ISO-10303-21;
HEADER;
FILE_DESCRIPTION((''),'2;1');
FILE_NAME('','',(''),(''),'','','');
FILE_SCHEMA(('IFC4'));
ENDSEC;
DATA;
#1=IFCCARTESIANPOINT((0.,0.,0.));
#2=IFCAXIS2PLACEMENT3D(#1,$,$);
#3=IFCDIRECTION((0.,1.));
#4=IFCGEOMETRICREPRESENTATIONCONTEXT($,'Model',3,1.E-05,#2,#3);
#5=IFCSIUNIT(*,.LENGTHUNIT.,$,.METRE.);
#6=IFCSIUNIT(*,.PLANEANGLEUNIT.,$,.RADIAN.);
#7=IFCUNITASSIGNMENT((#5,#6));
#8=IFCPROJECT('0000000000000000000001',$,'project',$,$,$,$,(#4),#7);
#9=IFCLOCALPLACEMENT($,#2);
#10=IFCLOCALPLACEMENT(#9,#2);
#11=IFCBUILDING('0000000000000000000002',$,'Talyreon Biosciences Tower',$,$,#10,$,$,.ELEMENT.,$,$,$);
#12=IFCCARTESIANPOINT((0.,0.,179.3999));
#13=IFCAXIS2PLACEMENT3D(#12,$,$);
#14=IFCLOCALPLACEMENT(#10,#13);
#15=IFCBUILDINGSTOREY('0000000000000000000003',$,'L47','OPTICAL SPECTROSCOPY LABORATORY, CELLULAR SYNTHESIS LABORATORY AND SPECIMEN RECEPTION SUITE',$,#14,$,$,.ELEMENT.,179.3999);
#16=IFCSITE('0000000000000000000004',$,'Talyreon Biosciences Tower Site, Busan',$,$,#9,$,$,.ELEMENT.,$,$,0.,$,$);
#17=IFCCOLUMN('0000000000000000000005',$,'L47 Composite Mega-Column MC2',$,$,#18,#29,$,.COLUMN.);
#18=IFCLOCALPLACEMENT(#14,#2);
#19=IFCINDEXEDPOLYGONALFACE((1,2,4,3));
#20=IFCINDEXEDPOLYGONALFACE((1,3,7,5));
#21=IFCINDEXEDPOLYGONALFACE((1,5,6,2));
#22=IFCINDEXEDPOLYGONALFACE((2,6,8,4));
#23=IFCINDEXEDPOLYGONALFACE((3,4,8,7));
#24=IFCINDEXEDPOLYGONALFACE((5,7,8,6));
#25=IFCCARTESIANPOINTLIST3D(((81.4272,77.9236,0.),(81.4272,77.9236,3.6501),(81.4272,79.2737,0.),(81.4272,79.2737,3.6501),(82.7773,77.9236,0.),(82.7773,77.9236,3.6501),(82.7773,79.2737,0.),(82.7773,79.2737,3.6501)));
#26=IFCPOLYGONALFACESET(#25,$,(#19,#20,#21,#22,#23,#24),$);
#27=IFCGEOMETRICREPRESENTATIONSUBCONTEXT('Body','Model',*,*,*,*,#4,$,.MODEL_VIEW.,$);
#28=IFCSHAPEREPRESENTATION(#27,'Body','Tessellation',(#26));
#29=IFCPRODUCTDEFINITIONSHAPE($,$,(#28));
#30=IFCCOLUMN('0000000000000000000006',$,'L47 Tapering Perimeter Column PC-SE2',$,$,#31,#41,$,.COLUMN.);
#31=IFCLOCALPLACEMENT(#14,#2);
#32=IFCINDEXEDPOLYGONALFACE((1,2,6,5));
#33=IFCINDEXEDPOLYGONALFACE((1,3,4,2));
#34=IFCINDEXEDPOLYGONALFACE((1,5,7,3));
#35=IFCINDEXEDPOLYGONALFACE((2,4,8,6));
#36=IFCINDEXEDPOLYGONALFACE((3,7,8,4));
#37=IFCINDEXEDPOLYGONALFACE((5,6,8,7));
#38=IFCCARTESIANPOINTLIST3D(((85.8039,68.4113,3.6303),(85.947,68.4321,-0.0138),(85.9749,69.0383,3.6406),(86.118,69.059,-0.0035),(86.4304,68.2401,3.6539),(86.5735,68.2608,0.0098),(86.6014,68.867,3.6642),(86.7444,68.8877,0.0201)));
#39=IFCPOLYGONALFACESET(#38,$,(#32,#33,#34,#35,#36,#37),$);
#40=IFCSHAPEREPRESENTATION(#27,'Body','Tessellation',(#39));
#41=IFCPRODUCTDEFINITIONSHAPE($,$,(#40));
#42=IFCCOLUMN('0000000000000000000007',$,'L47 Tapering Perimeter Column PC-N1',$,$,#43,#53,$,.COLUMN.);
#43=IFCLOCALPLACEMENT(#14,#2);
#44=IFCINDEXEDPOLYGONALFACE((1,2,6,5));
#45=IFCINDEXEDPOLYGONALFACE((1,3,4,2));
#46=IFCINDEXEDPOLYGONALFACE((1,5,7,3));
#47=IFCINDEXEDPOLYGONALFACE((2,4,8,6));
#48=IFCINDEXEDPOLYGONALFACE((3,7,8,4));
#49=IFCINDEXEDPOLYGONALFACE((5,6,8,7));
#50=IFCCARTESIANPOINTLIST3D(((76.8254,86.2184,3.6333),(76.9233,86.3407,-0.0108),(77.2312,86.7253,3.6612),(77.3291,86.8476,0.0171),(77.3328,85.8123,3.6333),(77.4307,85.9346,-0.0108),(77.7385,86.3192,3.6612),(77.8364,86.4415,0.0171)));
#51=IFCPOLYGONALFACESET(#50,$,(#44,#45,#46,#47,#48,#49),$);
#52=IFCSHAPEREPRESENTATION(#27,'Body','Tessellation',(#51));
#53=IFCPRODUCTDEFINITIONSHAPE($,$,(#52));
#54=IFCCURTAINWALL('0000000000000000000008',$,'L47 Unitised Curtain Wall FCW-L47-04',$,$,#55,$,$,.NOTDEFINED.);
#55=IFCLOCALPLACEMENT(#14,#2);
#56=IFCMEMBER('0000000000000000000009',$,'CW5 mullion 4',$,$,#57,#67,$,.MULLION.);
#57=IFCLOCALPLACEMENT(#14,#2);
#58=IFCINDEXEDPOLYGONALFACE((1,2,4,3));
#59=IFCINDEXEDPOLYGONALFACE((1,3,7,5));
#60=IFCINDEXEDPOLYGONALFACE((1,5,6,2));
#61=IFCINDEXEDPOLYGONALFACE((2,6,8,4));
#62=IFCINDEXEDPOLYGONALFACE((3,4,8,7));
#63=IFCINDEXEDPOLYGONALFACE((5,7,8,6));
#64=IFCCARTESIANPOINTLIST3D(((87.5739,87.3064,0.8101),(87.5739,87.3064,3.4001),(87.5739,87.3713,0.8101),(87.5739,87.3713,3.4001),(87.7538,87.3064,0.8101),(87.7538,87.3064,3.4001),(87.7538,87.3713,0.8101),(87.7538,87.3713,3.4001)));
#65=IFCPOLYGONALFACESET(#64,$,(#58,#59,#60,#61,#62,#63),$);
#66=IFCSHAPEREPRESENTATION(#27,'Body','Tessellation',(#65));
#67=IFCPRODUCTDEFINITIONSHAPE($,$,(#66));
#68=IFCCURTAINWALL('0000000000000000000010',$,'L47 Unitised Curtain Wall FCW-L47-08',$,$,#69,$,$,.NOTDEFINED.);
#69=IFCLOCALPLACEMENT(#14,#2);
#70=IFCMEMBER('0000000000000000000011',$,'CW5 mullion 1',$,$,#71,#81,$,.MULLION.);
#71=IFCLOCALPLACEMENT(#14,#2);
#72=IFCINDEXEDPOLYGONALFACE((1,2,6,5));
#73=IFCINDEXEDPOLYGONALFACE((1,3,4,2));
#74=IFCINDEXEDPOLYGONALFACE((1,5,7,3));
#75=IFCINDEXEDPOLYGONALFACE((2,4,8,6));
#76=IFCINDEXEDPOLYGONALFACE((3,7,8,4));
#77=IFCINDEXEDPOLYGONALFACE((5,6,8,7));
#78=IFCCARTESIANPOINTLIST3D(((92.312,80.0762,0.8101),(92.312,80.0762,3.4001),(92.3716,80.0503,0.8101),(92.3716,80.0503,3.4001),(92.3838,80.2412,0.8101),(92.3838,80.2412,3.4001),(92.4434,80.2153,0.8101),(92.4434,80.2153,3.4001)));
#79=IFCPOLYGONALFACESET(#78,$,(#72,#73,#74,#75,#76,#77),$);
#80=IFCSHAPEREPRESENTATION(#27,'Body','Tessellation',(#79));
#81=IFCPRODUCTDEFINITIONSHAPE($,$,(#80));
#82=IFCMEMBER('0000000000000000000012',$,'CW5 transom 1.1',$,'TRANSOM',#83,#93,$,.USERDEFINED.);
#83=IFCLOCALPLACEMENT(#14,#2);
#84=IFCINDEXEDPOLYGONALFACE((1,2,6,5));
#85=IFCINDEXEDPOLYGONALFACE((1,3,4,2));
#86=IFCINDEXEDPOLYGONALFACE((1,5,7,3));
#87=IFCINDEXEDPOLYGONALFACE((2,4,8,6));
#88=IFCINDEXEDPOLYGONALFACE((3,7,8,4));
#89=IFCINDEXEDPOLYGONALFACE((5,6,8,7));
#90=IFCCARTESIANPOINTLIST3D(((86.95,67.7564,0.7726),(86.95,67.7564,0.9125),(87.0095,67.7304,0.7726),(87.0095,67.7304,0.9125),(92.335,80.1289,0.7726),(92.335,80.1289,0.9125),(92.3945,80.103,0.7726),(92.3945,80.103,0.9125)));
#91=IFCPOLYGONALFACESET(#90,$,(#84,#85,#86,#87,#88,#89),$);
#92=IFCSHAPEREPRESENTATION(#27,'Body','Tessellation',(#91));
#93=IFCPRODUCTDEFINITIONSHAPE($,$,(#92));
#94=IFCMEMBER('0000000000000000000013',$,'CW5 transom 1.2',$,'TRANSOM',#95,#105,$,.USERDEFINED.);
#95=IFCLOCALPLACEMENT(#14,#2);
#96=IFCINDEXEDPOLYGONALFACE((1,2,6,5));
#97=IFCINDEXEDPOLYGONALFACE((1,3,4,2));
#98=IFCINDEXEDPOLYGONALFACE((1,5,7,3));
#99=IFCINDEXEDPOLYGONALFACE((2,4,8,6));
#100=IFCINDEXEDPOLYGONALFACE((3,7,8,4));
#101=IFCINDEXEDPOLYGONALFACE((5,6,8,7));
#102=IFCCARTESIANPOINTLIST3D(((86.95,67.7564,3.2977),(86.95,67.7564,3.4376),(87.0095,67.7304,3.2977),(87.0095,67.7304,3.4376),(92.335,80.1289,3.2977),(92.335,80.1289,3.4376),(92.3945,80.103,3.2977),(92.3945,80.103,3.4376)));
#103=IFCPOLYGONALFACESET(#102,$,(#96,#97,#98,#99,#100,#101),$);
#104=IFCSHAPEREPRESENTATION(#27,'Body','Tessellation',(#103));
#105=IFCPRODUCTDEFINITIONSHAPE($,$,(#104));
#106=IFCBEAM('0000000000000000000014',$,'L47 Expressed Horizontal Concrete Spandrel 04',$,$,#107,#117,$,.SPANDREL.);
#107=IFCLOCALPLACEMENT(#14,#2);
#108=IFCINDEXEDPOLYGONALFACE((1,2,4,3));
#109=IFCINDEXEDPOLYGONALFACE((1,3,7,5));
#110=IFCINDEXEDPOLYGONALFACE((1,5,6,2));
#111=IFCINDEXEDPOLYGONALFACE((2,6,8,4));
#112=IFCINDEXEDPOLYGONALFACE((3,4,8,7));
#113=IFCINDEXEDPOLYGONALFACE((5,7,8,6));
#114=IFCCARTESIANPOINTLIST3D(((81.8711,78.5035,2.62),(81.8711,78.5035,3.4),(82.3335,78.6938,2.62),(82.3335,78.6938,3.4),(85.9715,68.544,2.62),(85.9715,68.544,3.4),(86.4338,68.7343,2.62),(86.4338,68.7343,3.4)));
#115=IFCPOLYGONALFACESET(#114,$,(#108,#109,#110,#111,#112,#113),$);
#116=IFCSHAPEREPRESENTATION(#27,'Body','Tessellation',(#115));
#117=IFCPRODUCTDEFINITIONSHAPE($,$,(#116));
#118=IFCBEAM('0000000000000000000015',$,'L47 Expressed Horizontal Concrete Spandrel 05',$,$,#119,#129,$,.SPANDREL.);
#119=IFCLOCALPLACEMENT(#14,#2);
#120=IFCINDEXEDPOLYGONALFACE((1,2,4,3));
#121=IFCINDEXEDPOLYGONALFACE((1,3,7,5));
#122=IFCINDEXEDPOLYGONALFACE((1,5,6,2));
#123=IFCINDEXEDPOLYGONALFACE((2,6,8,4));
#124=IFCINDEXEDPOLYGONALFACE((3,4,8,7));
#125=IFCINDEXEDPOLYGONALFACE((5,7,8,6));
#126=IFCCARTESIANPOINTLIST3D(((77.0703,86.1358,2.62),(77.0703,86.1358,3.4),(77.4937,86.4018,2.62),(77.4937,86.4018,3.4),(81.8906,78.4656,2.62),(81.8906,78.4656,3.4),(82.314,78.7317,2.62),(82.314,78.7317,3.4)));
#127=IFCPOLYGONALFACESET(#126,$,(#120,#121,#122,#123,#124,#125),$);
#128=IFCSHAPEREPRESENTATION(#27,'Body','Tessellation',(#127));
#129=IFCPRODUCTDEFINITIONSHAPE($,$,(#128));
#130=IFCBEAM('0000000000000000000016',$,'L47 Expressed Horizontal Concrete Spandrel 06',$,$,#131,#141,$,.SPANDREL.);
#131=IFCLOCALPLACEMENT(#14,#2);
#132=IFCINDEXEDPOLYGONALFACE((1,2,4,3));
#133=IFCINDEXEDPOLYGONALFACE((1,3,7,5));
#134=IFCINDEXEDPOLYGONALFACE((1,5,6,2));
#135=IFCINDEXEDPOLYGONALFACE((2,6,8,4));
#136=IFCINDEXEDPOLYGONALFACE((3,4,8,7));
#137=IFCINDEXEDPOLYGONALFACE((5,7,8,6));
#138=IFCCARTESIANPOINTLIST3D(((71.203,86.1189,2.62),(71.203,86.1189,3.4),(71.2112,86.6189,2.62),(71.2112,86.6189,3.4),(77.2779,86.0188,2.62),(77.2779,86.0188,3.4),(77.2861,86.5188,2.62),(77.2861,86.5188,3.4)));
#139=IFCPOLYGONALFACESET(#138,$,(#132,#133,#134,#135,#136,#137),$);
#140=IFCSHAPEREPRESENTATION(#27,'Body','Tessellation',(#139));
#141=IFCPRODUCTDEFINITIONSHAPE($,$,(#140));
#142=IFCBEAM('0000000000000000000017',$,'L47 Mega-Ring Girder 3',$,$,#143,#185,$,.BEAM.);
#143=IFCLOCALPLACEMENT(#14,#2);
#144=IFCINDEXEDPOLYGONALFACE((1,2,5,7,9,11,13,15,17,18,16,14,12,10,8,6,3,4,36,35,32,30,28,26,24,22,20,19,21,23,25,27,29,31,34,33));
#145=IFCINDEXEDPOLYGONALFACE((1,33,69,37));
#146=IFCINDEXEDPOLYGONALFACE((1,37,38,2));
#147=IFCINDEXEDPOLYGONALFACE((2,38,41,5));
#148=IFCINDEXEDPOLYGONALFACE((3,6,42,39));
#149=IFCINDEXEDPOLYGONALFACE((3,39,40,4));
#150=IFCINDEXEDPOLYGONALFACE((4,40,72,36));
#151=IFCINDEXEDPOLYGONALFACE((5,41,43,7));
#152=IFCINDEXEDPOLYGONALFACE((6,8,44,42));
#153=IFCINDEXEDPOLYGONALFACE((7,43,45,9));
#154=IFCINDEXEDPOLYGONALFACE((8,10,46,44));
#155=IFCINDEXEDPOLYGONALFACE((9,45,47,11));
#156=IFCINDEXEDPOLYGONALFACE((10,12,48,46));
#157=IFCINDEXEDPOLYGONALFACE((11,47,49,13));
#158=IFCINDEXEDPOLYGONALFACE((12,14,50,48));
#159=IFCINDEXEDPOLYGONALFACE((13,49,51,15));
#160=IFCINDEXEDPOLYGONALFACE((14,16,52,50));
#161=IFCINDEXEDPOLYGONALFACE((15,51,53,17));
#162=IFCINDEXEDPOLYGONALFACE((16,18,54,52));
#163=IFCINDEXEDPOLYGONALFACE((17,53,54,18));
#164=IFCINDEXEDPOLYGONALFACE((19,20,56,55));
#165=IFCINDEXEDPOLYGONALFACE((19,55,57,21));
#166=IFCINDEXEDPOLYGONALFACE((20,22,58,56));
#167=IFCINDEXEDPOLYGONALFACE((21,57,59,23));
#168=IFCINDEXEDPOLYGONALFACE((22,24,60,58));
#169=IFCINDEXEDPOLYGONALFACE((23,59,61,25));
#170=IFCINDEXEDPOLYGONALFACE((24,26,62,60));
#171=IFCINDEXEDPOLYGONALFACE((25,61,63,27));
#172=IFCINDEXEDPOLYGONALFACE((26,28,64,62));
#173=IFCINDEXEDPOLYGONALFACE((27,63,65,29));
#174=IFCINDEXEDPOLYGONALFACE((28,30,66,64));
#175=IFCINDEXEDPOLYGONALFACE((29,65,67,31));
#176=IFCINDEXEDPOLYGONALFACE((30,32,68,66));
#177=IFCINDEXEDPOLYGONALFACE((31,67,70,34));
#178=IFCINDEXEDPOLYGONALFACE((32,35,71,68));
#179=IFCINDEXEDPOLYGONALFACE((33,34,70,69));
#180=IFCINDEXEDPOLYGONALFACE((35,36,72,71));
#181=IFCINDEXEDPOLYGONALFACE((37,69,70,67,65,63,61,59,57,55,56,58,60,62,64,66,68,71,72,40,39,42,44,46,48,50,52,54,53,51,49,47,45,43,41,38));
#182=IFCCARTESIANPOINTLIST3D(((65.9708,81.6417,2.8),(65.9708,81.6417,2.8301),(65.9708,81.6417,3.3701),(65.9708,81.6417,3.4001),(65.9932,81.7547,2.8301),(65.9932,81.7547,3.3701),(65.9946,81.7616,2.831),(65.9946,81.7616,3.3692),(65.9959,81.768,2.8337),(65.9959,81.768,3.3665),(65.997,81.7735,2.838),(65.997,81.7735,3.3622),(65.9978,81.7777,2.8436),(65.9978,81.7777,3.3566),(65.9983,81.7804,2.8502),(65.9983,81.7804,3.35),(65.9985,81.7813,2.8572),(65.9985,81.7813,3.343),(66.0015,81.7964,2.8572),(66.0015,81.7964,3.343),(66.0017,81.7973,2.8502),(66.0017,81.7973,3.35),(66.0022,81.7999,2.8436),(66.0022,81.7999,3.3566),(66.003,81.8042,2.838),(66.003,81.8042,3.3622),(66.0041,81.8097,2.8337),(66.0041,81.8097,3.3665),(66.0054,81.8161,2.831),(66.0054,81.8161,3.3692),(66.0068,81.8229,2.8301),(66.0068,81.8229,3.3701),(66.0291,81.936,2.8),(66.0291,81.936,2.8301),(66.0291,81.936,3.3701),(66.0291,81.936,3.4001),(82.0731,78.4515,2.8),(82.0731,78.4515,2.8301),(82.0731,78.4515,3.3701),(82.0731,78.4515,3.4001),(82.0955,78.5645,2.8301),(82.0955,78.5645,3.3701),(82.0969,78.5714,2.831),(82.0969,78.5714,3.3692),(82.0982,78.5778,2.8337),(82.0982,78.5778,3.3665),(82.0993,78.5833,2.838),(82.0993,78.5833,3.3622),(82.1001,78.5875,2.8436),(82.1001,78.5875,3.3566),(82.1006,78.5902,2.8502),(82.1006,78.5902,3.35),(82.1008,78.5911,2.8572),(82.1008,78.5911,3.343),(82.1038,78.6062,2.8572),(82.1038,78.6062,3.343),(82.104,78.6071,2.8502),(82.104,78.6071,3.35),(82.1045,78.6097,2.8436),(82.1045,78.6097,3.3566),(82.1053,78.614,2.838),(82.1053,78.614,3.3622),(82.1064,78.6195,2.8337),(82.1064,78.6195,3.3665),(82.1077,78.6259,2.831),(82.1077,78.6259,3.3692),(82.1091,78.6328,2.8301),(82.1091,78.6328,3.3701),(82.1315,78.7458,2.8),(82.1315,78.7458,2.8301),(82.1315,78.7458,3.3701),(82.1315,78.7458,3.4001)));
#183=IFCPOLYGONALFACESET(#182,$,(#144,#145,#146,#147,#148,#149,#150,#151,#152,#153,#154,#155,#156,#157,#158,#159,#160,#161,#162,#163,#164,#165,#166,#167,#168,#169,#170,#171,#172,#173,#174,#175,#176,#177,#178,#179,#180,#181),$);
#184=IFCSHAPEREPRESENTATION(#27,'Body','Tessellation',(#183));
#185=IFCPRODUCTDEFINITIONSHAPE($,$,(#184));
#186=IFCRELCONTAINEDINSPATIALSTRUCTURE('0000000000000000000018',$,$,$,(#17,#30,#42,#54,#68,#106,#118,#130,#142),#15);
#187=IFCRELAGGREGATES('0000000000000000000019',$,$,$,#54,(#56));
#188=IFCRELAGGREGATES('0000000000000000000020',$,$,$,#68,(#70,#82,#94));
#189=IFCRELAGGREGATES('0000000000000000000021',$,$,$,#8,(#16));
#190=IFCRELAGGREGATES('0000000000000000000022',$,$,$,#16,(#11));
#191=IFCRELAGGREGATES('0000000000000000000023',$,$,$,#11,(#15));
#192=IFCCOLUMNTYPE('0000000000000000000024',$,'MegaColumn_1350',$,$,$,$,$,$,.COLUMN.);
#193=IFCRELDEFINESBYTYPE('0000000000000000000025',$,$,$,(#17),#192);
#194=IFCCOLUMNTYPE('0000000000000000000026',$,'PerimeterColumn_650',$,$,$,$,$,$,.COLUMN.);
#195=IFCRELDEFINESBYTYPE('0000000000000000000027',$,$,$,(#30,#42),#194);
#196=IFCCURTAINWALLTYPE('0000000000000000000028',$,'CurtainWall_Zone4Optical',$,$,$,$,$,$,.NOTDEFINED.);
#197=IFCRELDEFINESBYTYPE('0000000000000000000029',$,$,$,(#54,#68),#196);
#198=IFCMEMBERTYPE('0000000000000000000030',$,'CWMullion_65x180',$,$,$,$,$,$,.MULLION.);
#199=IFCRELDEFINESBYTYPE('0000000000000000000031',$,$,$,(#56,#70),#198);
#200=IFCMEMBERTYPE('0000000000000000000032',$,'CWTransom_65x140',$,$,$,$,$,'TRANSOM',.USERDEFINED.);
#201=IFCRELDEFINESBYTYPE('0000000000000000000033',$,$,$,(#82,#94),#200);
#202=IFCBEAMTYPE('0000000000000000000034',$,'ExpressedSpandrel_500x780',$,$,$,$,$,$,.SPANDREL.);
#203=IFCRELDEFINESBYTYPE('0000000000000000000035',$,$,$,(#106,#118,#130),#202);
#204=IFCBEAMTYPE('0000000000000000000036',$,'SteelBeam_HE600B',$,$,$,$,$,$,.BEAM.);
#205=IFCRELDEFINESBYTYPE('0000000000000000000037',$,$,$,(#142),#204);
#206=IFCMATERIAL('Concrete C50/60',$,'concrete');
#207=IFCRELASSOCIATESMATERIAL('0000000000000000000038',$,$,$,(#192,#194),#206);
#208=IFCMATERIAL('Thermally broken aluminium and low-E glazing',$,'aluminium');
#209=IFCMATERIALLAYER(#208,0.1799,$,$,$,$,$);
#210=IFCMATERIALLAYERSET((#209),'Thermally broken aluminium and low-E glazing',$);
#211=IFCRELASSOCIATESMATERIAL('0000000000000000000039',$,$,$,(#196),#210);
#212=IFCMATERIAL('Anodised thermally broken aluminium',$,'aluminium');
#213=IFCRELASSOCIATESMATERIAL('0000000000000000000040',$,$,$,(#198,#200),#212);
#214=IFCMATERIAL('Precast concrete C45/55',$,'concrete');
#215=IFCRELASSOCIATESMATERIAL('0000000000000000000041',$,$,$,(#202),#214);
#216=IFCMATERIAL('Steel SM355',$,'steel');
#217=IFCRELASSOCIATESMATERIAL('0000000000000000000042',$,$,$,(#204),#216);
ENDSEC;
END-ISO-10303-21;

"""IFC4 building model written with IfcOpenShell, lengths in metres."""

from ifc_helpers import new_model, si_unit, direction, frame, origin, origin_2d, place, context, subcontext, project, spatial, rectangle, i_section, extrude, material, layer, layer_set, material_profile, profile_set, type_object, element, aggregate, save


model = new_model("IFC4")

# Units and contexts
model_context = context("Model", 3, precision=1e-05, world=origin(), true_north=direction((0.0, 1.0)))
body_context = subcontext(model_context, "Body", "Model", "MODEL_VIEW")
ifc_project = project(units=[si_unit("LENGTHUNIT", "METRE"), si_unit("PLANEANGLEUNIT", "RADIAN")], contexts=[model_context])

# Site, building, storey
site_placement = place(None, origin())
site = spatial("IfcSite", under=ifc_project, at=site_placement, Name="Talyreon Biosciences Tower Site, Busan", CompositionType="ELEMENT", RefElevation=0.0)
building_placement = place(site_placement, origin())
building = spatial("IfcBuilding", under=site, at=building_placement, Name="Talyreon Biosciences Tower", CompositionType="ELEMENT")
storey_placement = place(building_placement, frame((0.0, 0.0, 179.3999)))
storey = spatial("IfcBuildingStorey", under=building, at=storey_placement, Name="L47", Description="OPTICAL SPECTROSCOPY LABORATORY, CELLULAR SYNTHESIS LABORATORY AND SPECIMEN RECEPTION SUITE", CompositionType="ELEMENT", Elevation=179.3999)

# Columns
ifc_material_1 = material(Name="Concrete C50/60", Category="concrete")
ifc_material_profile_1 = material_profile(ifc_material_1, rectangle(XDim=1.3501, YDim=1.3501, at=origin_2d()), Name="RC 1350x1350")
ifc_profile_set_1 = profile_set([ifc_material_profile_1], Name="Concrete C50/60")
column_type_1 = type_object("IfcColumnType", Name="MegaColumn_1350", PredefinedType="COLUMN", material=ifc_profile_set_1)
column_1_placement = place(storey_placement, frame((82.1023, 78.5986, 0.0), z_axis=(0.0, 0.0, 1.0), x_axis=(1.0, 0.0, 0.0)))
element("IfcColumn", 1, at=column_1_placement, inside=storey, type_object=column_type_1, Name="L47 Composite Mega-Column MC2", PredefinedType="COLUMN", context=body_context, shape_type="SweptSolid", body=[
    extrude(rectangle(XDim=1.3501, YDim=1.3501, at=origin_2d()), origin(), (0.0, 0.0, 1.0), 3.6501),
])
ifc_material_profile_2 = material_profile(ifc_material_1, rectangle(XDim=0.6499, YDim=0.6499, at=origin_2d()), Name="RC 650x650")
ifc_profile_set_2 = profile_set([ifc_material_profile_2], Name="Concrete C50/60")
column_type_2 = type_object("IfcColumnType", Name="PerimeterColumn_650", PredefinedType="COLUMN", material=ifc_profile_set_2)
column_2_placement = place(storey_placement, frame((86.3457, 68.6599, 0.0032), z_axis=(-0.039229, -0.00569, 0.999214), x_axis=(0.96397, -0.263518, 0.036345)))
element("IfcColumn", 2, at=column_2_placement, inside=storey, type_object=column_type_2, Name="L47 Tapering Perimeter Column PC-SE2", PredefinedType="COLUMN", context=body_context, shape_type="SweptSolid", body=[
    extrude(rectangle(XDim=0.6499, YDim=0.6499, at=origin_2d()), origin(), (0.0, 0.0, 1.0), 3.647),
])
column_3_placement = place(storey_placement, frame((77.3799, 86.3911, 0.0032), z_axis=(-0.026841, -0.033535, 0.999077), x_axis=(-0.780717, 0.624885, 0.0)))
element("IfcColumn", 3, at=column_3_placement, inside=storey, type_object=column_type_2, Name="L47 Tapering Perimeter Column PC-N1", PredefinedType="COLUMN", context=body_context, shape_type="SweptSolid", body=[
    extrude(rectangle(XDim=0.6499, YDim=0.6499, at=origin_2d()), origin(), (0.0, 0.0, 1.0), 3.6475),
])

# Curtain wall, member
ifc_material_2 = material(Name="Thermally broken aluminium and low-E glazing", Category="aluminium")
ifc_layer_1 = layer(ifc_material_2, 0.1799)
ifc_layer_set_1 = layer_set([ifc_layer_1], Name="Thermally broken aluminium and low-E glazing")
curtain_wall_type = type_object("IfcCurtainWallType", Name="CurtainWall_Zone4Optical", PredefinedType="NOTDEFINED", material=ifc_layer_set_1)
curtain_wall_1_placement = place(storey_placement, origin())
curtain_wall_1 = element("IfcCurtainWall", 4, at=curtain_wall_1_placement, inside=storey, type_object=curtain_wall_type, Name="L47 Unitised Curtain Wall FCW-L47-04", PredefinedType="NOTDEFINED")
ifc_material_3 = material(Name="Anodised thermally broken aluminium", Category="aluminium")
ifc_material_profile_3 = material_profile(ifc_material_3, rectangle(XDim=0.0649, YDim=0.1799, at=origin_2d()), Name="ALUM MULLION 65x180")
ifc_profile_set_3 = profile_set([ifc_material_profile_3], Name="Anodised thermally broken aluminium")
member_type_1 = type_object("IfcMemberType", Name="CWMullion_65x180", PredefinedType="MULLION", material=ifc_profile_set_3)
member_1_placement = place(storey_placement, frame((87.6638, 87.3389, 0.8101), z_axis=(0.0, 0.0, 1.0), x_axis=(0.0, 1.0, 0.0)))
member_1 = element("IfcMember", 5, at=member_1_placement, type_object=member_type_1, Name="CW5 mullion 4", PredefinedType="MULLION", context=body_context, shape_type="SweptSolid", body=[
    extrude(rectangle(XDim=0.0649, YDim=0.1799, at=origin_2d()), origin(), (0.0, 0.0, 1.0), 2.5901),
])

# Curtain wall, members
curtain_wall_2_placement = place(storey_placement, origin())
curtain_wall_2 = element("IfcCurtainWall", 6, at=curtain_wall_2_placement, inside=storey, type_object=curtain_wall_type, Name="L47 Unitised Curtain Wall FCW-L47-08", PredefinedType="NOTDEFINED")
member_2_placement = place(storey_placement, frame((92.3777, 80.1458, 0.8101), z_axis=(0.0, 0.0, 1.0), x_axis=(0.916912, -0.399089, 0.0)))
member_2 = element("IfcMember", 7, at=member_2_placement, type_object=member_type_1, Name="CW5 mullion 1", PredefinedType="MULLION", context=body_context, shape_type="SweptSolid", body=[
    extrude(rectangle(XDim=0.0649, YDim=0.1799, at=origin_2d()), origin(), (0.0, 0.0, 1.0), 2.5901),
])
ifc_material_profile_4 = material_profile(ifc_material_3, rectangle(XDim=0.0649, YDim=0.1399, at=origin_2d()), Name="ALUM TRANSOM 65x140")
ifc_profile_set_4 = profile_set([ifc_material_profile_4], Name="Anodised thermally broken aluminium")
member_type_2 = type_object("IfcMemberType", Name="CWTransom_65x140", ElementType="TRANSOM", PredefinedType="USERDEFINED", material=ifc_profile_set_4)
member_3_placement = place(storey_placement, frame((92.3647, 80.116, 0.8425), z_axis=(-0.399077, -0.916917, 0.0), x_axis=(0.916917, -0.399077, 0.0)))
member_3 = element("IfcMember", 8, at=member_3_placement, type_object=member_type_2, Name="CW5 transom 1.1", ObjectType="TRANSOM", PredefinedType="USERDEFINED", context=body_context, shape_type="SweptSolid", body=[
    extrude(rectangle(XDim=0.0649, YDim=0.1399, at=origin_2d()), origin(), (0.0, 0.0, 1.0), 13.4937),
])
member_4_placement = place(storey_placement, frame((92.3647, 80.116, 3.3677), z_axis=(-0.399077, -0.916917, 0.0), x_axis=(0.916917, -0.399077, 0.0)))
member_4 = element("IfcMember", 9, at=member_4_placement, type_object=member_type_2, Name="CW5 transom 1.2", ObjectType="TRANSOM", PredefinedType="USERDEFINED", context=body_context, shape_type="SweptSolid", body=[
    extrude(rectangle(XDim=0.0649, YDim=0.1399, at=origin_2d()), origin(), (0.0, 0.0, 1.0), 13.4937),
])

# Beams
ifc_material_4 = material(Name="Precast concrete C45/55", Category="concrete")
ifc_material_profile_5 = material_profile(ifc_material_4, rectangle(XDim=0.5, YDim=0.78, at=origin_2d()), Name="RCB 500x780")
ifc_profile_set_5 = profile_set([ifc_material_profile_5], Name="Precast concrete C45/55")
beam_type_1 = type_object("IfcBeamType", Name="ExpressedSpandrel_500x780", PredefinedType="SPANDREL", material=ifc_profile_set_5)
beam_1_placement = place(storey_placement, frame((86.2026, 68.6392, 3.01), z_axis=(-0.380701, 0.924698, 0.0), x_axis=(-0.924698, -0.380701, 0.0)))
element("IfcBeam", 10, at=beam_1_placement, inside=storey, type_object=beam_type_1, Name="L47 Expressed Horizontal Concrete Spandrel 04", PredefinedType="SPANDREL", context=body_context, shape_type="SweptSolid", body=[
    extrude(rectangle(XDim=0.5, YDim=0.78, at=origin_2d()), origin(), (0.0, 0.0, 1.0), 10.7705),
])
beam_2_placement = place(storey_placement, frame((82.1023, 78.5986, 3.01), z_axis=(-0.532098, 0.846683, 0.0), x_axis=(-0.846683, -0.532098, 0.0)))
element("IfcBeam", 11, at=beam_2_placement, inside=storey, type_object=beam_type_1, Name="L47 Expressed Horizontal Concrete Spandrel 05", PredefinedType="SPANDREL", context=body_context, shape_type="SweptSolid", body=[
    extrude(rectangle(XDim=0.5, YDim=0.78, at=origin_2d()), origin(), (0.0, 0.0, 1.0), 9.0591),
])
beam_3_placement = place(storey_placement, frame((77.282, 86.2688, 3.01), z_axis=(-0.999864, 0.016475, 0.0), x_axis=(-0.016475, -0.999864, 0.0)))
element("IfcBeam", 12, at=beam_3_placement, inside=storey, type_object=beam_type_1, Name="L47 Expressed Horizontal Concrete Spandrel 06", PredefinedType="SPANDREL", context=body_context, shape_type="SweptSolid", body=[
    extrude(rectangle(XDim=0.5, YDim=0.78, at=origin_2d()), origin(), (0.0, 0.0, 1.0), 6.0757),
])
ifc_material_5 = material(Name="Steel SM355", Category="steel")
ifc_material_profile_6 = material_profile(ifc_material_5, i_section(OverallWidth=0.3, OverallDepth=0.6001, WebThickness=0.0154, FlangeThickness=0.03, FilletRadius=0.0271, at=origin_2d()), Name="HE600B")
ifc_profile_set_6 = profile_set([ifc_material_profile_6], Name="Steel SM355")
beam_type_2 = type_object("IfcBeamType", Name="SteelBeam_HE600B", PredefinedType="BEAM", material=ifc_profile_set_6)
beam_4_placement = place(storey_placement, frame((82.1023, 78.5986, 3.1001), z_axis=(-0.980934, 0.194343, 0.0), x_axis=(-0.194343, -0.980934, 0.0)))
element("IfcBeam", 13, at=beam_4_placement, inside=storey, type_object=beam_type_2, Name="L47 Mega-Ring Girder 3", PredefinedType="BEAM", context=body_context, shape_type="SweptSolid", body=[
    extrude(i_section(OverallWidth=0.3, OverallDepth=0.6001, WebThickness=0.0154, FlangeThickness=0.03, FilletRadius=0.0271, at=origin_2d()), origin(), (0.0, 0.0, 1.0), 16.4153),
])

aggregate(curtain_wall_1, [member_1])
aggregate(curtain_wall_2, [member_2, member_3, member_4])

save(model, "model.ifc")
